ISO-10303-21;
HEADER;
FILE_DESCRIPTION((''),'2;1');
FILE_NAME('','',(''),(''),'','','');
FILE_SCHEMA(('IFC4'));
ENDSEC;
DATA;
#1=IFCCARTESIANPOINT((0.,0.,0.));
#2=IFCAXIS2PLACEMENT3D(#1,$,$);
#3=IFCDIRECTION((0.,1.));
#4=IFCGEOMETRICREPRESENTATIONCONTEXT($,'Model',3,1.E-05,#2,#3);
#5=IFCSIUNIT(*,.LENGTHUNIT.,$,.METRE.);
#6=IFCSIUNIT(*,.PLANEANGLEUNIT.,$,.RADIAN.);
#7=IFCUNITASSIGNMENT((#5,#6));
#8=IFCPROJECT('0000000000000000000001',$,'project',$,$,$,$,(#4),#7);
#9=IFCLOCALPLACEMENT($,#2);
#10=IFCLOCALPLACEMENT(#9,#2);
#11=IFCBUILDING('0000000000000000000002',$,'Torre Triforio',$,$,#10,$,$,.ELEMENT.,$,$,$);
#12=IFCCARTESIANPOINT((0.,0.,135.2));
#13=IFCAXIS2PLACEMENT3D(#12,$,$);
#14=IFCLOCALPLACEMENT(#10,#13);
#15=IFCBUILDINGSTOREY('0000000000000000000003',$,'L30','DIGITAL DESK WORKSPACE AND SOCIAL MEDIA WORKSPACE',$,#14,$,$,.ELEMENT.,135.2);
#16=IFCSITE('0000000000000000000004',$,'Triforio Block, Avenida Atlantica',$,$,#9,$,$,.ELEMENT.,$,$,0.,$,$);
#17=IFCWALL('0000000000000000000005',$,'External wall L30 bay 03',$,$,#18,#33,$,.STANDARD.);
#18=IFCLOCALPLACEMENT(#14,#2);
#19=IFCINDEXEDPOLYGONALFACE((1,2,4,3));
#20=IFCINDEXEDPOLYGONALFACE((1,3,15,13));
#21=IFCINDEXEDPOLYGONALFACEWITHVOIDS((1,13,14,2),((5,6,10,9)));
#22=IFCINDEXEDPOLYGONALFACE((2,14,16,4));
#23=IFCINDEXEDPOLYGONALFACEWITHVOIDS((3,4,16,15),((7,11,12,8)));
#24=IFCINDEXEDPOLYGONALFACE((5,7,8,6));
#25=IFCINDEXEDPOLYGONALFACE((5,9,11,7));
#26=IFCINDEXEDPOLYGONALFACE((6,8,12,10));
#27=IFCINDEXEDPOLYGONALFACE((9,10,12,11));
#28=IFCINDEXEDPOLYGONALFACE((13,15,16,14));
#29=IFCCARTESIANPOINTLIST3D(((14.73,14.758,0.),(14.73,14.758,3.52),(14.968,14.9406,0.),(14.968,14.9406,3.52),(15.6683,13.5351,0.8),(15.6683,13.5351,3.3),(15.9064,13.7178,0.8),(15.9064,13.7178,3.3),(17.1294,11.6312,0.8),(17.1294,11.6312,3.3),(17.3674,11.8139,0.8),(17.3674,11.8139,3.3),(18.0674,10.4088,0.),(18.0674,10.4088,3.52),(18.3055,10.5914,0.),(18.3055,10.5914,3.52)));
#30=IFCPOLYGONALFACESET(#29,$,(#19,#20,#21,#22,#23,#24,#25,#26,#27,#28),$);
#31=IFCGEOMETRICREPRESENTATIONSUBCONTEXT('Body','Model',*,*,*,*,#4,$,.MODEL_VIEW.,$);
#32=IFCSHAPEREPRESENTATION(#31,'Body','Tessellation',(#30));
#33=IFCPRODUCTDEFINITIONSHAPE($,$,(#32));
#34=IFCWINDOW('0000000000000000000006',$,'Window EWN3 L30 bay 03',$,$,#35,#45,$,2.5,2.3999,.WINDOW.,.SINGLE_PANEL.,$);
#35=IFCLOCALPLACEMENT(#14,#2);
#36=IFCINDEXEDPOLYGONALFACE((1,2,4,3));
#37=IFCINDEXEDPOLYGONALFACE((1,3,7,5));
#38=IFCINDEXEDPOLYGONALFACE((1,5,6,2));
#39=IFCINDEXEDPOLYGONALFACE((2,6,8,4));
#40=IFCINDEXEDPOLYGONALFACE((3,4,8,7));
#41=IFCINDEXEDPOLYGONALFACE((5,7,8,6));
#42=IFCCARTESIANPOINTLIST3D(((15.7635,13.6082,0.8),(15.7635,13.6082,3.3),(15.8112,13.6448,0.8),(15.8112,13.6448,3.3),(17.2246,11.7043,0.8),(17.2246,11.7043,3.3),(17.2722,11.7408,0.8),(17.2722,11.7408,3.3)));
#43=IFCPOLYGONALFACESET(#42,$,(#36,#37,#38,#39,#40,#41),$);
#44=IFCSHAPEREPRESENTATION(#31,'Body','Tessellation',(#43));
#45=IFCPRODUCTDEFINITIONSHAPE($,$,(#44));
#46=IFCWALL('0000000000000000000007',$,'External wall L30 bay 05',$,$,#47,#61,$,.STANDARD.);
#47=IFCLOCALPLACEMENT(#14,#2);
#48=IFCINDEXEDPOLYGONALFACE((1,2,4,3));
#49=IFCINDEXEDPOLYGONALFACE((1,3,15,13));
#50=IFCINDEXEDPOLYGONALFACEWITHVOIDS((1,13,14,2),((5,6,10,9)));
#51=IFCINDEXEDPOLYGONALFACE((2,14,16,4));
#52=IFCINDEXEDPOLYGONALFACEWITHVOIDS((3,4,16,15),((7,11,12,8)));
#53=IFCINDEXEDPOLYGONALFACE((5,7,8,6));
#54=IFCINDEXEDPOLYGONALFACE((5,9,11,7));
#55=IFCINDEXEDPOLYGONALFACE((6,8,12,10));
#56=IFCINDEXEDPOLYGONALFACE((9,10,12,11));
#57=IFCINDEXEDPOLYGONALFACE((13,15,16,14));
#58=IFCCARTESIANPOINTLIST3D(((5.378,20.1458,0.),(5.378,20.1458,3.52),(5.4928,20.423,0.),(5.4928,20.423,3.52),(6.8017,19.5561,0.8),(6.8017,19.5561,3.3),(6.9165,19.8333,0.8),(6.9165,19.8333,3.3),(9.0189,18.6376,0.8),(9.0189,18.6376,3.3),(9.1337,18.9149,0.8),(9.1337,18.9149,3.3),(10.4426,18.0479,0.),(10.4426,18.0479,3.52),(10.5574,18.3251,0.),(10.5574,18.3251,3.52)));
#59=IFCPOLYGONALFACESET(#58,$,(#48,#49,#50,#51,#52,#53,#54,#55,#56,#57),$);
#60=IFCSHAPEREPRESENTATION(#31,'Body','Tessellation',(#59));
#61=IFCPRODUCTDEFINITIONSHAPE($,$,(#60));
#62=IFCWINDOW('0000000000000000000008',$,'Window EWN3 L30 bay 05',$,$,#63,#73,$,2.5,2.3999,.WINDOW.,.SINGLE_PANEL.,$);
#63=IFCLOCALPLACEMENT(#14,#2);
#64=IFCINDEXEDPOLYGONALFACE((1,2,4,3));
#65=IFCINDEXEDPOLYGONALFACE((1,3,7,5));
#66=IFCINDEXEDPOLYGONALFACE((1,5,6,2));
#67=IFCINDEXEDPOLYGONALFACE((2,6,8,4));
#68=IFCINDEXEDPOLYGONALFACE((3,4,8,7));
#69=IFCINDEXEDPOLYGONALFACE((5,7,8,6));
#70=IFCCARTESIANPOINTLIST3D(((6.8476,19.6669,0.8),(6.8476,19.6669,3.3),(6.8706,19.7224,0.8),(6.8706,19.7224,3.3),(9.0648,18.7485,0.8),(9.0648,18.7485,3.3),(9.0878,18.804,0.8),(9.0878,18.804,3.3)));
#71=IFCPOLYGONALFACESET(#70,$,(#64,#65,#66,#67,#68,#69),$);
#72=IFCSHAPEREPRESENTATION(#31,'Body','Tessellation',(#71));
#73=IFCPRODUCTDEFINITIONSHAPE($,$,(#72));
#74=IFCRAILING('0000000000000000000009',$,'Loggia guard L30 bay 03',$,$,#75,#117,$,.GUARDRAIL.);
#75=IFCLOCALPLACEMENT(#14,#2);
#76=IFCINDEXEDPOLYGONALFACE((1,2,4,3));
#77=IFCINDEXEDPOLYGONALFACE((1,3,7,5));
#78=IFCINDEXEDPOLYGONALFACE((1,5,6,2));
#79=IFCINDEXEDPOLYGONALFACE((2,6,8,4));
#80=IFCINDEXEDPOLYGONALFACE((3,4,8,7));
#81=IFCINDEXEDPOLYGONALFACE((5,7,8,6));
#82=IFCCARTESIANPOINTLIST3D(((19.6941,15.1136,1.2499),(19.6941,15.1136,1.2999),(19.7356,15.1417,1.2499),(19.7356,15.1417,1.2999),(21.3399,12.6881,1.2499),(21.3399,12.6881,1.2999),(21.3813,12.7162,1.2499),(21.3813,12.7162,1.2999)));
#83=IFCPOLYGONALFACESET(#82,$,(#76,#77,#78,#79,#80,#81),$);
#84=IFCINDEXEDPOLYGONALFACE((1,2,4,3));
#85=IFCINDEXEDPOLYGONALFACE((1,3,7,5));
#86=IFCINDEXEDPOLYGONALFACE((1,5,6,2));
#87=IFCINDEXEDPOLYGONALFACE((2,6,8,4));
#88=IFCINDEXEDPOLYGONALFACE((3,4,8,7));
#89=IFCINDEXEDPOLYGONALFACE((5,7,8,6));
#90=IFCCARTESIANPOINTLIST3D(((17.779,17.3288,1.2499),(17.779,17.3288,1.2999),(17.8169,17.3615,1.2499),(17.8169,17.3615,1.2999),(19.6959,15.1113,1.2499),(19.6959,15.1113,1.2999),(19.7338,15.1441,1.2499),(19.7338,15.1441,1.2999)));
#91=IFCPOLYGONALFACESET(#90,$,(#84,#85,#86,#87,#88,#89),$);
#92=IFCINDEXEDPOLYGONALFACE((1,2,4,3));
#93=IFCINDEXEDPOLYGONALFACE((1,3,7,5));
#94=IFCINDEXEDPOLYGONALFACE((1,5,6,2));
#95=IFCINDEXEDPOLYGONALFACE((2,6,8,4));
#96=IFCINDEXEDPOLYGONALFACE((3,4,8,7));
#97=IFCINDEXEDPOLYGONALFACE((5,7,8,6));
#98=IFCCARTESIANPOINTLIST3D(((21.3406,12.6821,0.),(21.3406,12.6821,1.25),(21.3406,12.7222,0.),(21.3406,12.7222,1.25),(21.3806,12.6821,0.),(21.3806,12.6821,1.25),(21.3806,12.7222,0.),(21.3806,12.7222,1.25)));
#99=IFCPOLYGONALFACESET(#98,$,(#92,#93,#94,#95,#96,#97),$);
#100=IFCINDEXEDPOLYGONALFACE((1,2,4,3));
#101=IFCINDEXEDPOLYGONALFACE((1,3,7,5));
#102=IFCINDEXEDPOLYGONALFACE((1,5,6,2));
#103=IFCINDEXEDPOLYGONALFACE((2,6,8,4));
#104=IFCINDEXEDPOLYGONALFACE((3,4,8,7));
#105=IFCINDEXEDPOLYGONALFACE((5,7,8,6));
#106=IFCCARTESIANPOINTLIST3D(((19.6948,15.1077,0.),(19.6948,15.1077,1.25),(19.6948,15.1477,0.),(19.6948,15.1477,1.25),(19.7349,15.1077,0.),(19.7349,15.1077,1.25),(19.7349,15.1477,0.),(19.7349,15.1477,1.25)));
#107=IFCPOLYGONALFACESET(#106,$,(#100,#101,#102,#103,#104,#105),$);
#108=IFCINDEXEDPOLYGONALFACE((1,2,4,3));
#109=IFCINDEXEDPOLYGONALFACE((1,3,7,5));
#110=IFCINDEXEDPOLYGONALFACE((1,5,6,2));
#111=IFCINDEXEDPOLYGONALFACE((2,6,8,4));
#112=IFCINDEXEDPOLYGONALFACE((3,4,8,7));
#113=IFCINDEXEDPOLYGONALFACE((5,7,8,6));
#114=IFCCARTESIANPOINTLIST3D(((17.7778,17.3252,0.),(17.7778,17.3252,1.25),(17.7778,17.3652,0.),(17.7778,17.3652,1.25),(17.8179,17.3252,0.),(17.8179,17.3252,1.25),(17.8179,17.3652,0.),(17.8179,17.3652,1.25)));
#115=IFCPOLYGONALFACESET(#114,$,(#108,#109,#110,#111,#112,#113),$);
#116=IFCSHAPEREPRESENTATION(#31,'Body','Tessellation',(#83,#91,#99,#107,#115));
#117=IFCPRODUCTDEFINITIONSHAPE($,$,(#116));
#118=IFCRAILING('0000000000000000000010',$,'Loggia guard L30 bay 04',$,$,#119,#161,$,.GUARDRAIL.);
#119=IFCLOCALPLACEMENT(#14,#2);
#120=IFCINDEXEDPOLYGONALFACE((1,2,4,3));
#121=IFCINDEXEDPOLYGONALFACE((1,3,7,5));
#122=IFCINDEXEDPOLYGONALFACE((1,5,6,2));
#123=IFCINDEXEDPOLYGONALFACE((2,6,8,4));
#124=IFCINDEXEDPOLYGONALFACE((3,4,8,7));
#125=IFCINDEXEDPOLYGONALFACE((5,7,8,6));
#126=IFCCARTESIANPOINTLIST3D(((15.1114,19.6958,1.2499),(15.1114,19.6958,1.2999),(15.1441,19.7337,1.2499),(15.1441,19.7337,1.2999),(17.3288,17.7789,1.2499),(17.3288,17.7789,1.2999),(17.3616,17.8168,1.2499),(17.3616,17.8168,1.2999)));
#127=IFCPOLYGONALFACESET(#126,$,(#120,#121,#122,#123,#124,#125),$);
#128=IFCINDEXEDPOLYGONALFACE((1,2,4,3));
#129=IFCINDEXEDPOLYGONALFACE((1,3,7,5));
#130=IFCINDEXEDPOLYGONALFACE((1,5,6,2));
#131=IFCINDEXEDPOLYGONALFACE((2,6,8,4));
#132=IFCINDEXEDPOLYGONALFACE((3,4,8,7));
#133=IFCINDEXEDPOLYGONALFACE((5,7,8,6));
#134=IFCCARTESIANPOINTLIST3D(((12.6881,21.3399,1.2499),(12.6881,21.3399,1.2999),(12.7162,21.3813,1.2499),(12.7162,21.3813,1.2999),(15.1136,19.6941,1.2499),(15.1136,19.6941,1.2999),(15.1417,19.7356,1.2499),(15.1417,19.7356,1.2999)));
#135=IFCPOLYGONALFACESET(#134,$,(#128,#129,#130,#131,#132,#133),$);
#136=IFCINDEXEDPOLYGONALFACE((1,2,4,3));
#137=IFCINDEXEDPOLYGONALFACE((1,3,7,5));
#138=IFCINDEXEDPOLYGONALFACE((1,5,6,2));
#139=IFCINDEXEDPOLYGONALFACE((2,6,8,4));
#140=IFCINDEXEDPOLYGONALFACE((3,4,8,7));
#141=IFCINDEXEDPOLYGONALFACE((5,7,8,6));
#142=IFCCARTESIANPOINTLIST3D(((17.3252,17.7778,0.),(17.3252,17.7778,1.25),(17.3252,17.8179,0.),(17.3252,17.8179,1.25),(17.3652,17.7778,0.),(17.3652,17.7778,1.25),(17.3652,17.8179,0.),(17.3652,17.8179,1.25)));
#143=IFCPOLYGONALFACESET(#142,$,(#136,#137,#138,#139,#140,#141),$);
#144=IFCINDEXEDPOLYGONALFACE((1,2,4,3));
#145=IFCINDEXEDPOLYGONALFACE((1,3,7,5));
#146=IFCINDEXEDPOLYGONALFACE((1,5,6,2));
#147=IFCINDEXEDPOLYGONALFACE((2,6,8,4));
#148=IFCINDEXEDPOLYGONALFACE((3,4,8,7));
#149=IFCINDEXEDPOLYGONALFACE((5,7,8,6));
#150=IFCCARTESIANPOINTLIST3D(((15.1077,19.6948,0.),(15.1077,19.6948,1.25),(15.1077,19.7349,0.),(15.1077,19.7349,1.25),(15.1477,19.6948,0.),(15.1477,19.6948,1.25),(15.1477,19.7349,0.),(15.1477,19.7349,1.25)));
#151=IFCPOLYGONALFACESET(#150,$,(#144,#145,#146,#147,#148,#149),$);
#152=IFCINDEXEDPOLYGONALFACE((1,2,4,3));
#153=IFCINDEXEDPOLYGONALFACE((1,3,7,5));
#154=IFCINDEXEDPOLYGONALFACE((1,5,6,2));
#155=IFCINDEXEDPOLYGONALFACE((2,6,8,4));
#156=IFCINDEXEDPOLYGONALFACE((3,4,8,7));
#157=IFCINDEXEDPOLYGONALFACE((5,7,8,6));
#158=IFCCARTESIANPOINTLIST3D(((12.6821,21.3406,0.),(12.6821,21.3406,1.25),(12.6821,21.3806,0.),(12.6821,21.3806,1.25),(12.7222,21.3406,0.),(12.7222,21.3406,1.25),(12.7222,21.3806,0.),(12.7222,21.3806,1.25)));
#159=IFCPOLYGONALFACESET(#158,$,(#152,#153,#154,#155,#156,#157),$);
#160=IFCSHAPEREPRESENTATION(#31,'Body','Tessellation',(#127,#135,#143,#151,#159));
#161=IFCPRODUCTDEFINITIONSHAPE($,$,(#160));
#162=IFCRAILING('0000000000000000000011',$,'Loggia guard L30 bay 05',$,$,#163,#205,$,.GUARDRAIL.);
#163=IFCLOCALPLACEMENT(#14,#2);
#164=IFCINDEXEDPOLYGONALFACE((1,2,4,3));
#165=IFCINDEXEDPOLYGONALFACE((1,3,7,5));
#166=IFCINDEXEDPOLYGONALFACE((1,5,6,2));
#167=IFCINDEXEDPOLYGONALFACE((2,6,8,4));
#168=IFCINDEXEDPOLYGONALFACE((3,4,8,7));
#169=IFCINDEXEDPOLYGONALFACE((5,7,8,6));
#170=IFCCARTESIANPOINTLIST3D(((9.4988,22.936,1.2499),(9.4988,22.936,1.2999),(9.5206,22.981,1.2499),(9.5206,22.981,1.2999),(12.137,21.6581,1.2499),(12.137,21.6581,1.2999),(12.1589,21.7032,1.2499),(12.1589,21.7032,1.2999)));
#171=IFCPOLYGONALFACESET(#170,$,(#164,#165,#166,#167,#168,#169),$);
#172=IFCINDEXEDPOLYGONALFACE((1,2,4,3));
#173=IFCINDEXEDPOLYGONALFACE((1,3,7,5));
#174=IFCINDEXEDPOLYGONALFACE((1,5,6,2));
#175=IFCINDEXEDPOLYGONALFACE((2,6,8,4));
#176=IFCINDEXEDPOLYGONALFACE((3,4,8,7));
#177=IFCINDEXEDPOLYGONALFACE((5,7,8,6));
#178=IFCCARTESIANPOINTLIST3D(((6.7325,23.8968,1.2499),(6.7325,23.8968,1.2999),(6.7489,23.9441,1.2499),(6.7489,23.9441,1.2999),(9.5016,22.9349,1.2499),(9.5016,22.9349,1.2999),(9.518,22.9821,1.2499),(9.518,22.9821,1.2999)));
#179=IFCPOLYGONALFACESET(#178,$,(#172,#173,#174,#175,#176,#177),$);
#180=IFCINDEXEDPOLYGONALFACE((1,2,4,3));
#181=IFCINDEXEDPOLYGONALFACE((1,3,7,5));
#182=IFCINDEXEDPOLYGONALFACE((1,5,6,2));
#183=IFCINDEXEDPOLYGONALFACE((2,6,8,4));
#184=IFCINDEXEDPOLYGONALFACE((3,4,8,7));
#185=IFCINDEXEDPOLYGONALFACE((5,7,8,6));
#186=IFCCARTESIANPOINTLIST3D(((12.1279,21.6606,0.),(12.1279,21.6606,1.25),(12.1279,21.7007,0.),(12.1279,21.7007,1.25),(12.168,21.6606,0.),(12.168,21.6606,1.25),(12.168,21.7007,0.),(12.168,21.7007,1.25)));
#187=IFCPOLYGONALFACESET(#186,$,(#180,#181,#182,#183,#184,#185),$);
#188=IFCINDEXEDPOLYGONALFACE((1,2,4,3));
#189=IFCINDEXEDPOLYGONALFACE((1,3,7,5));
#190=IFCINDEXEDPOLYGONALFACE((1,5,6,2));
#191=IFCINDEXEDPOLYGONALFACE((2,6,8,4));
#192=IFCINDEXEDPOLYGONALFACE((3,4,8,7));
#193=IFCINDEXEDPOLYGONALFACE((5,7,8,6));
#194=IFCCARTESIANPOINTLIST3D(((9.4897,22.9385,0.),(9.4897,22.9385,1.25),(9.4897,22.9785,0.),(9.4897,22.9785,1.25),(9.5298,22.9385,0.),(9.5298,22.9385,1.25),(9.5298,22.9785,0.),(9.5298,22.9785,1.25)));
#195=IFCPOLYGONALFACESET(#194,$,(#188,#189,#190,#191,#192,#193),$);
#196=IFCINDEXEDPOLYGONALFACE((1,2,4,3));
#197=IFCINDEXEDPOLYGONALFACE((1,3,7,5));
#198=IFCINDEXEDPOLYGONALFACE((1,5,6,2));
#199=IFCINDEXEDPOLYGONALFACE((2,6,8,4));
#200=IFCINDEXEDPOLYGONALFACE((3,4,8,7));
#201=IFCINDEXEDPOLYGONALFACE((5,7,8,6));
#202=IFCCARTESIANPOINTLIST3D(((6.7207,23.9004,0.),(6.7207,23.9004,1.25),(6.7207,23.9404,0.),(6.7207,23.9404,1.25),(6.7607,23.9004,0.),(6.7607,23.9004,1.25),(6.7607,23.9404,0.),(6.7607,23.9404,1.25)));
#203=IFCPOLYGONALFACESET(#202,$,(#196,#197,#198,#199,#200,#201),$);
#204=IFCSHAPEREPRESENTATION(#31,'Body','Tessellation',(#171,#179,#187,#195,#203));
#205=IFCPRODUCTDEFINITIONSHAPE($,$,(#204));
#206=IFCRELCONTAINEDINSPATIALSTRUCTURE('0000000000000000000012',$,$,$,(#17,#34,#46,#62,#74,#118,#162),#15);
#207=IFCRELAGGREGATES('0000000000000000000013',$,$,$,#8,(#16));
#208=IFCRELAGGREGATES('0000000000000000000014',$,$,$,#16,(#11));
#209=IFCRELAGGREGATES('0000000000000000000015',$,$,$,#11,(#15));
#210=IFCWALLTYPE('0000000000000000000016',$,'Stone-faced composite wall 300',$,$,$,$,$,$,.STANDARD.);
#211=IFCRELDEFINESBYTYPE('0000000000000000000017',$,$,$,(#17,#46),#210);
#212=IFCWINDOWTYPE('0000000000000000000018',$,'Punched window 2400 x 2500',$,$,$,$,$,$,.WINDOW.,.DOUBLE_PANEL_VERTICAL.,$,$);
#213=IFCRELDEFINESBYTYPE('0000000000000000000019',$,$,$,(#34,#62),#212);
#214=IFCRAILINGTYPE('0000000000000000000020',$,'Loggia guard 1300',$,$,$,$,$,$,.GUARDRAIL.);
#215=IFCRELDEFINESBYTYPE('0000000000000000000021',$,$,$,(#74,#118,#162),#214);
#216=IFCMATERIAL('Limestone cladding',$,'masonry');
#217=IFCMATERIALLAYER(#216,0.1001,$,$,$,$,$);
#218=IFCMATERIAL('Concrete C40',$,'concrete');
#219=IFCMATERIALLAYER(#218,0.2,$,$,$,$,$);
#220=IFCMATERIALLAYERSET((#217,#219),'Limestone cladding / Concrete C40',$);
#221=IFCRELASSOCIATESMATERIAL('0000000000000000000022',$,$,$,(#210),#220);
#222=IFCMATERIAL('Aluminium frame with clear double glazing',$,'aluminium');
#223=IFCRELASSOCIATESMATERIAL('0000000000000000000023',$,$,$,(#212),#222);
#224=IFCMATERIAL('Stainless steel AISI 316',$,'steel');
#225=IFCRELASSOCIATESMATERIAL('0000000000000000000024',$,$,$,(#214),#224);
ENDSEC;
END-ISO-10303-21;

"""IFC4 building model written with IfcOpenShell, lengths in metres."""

from ifc_helpers import new_model, si_unit, direction, frame, frame_2d, origin, origin_2d, place, context, subcontext, project, spatial, rectangle, extrude, material, layer, layer_set, type_object, element, fill, save


model = new_model("IFC4")

# Units and contexts
model_context = context("Model", 3, precision=1e-05, world=origin(), true_north=direction((0.0, 1.0)))
body_context = subcontext(model_context, "Body", "Model", "MODEL_VIEW")
ifc_project = project(units=[si_unit("LENGTHUNIT", "METRE"), si_unit("PLANEANGLEUNIT", "RADIAN")], contexts=[model_context])

# Site, building, storey
site_placement = place(None, origin())
site = spatial("IfcSite", under=ifc_project, at=site_placement, Name="Triforio Block, Avenida Atlantica", CompositionType="ELEMENT", RefElevation=0.0)
building_placement = place(site_placement, origin())
building = spatial("IfcBuilding", under=site, at=building_placement, Name="Torre Triforio", CompositionType="ELEMENT")
storey_placement = place(building_placement, frame((0.0, 0.0, 135.2)))
storey = spatial("IfcBuildingStorey", under=building, at=storey_placement, Name="L30", Description="DIGITAL DESK WORKSPACE AND SOCIAL MEDIA WORKSPACE", CompositionType="ELEMENT", Elevation=135.2)

# Shared definitions
ifc_material_1 = material(Name="Limestone cladding", Category="masonry")
ifc_material_2 = material(Name="Concrete C40", Category="concrete")

# Wall, opening, window
ifc_layer_1 = layer(ifc_material_1, 0.1001)
ifc_layer_2 = layer(ifc_material_2, 0.2)
ifc_layer_set_1 = layer_set([ifc_layer_1, ifc_layer_2], Name="Limestone cladding / Concrete C40")
wall_type_1 = type_object("IfcWallType", Name="Stone-faced composite wall 300", PredefinedType="STANDARD", material=ifc_layer_set_1)
wall_1_placement = place(storey_placement, frame((18.1865, 10.5, 0.0), z_axis=(0.0, 0.0, 1.0), x_axis=(-0.608785, 0.793335, 0.0)))
wall_1 = element("IfcWall", 1, at=wall_1_placement, inside=storey, type_object=wall_type_1, Name="External wall L30 bay 03", PredefinedType="STANDARD", context=body_context, shape_type="SweptSolid", body=[
    extrude(rectangle(XDim=5.4822, YDim=0.3, at=frame_2d((2.7412, 0.0))), origin(), (0.0, 0.0, 1.0), 3.52),
])
opening_1_placement = place(wall_1_placement, frame((1.541, 0.0, 0.8)))
opening_1 = element("IfcOpeningElement", 2, at=opening_1_placement, cuts=wall_1, PredefinedType="OPENING", context=body_context, shape_type="SweptSolid", body=[
    extrude(rectangle(XDim=2.3999, YDim=2.5, at=frame_2d((1.2, 1.25))), frame((0.0, 0.1599, 0.0), z_axis=(0.0, -1.0, 0.0), x_axis=(1.0, 0.0, 0.0)), (0.0, 0.0, 1.0), 0.3201),
])
ifc_material_3 = material(Name="Aluminium frame with clear double glazing", Category="aluminium")
window_type_1 = type_object("IfcWindowType", Name="Punched window 2400 x 2500", PartitioningType="DOUBLE_PANEL_VERTICAL", PredefinedType="WINDOW", material=ifc_material_3)
window_1_placement = place(opening_1_placement, origin())
window_1 = element("IfcWindow", 3, at=window_1_placement, inside=storey, type_object=window_type_1, Name="Window EWN3 L30 bay 03", OverallHeight=2.5, OverallWidth=2.3999, PartitioningType="SINGLE_PANEL", PredefinedType="WINDOW", context=body_context, shape_type="SweptSolid", body=[
    extrude(rectangle(XDim=2.3999, YDim=2.5, at=frame_2d((1.2, 1.25))), frame((0.0, 0.03, 0.0), z_axis=(0.0, -1.0, 0.0), x_axis=(1.0, 0.0, 0.0)), (0.0, 0.0, 1.0), 0.0601),
])
fill(opening_1, window_1)

# Wall, opening, window
wall_2_placement = place(storey_placement, frame((10.5, 18.1865, 0.0), z_axis=(0.0, 0.0, 1.0), x_axis=(-0.923877, 0.382689, 0.0)))
wall_2 = element("IfcWall", 4, at=wall_2_placement, inside=storey, type_object=wall_type_1, Name="External wall L30 bay 05", PredefinedType="STANDARD", context=body_context, shape_type="SweptSolid", body=[
    extrude(rectangle(XDim=5.4819, YDim=0.3, at=frame_2d((2.741, 0.0))), origin(), (0.0, 0.0, 1.0), 3.52),
])
opening_2_placement = place(wall_2_placement, frame((1.541, 0.0, 0.8)))
opening_2 = element("IfcOpeningElement", 5, at=opening_2_placement, cuts=wall_2, PredefinedType="OPENING", context=body_context, shape_type="SweptSolid", body=[
    extrude(rectangle(XDim=2.3999, YDim=2.5, at=frame_2d((1.2, 1.25))), frame((0.0, 0.1599, 0.0), z_axis=(0.0, -1.0, 0.0), x_axis=(1.0, 0.0, 0.0)), (0.0, 0.0, 1.0), 0.3201),
])
window_2_placement = place(opening_2_placement, origin())
window_2 = element("IfcWindow", 6, at=window_2_placement, inside=storey, type_object=window_type_1, Name="Window EWN3 L30 bay 05", OverallHeight=2.5, OverallWidth=2.3999, PartitioningType="SINGLE_PANEL", PredefinedType="WINDOW", context=body_context, shape_type="SweptSolid", body=[
    extrude(rectangle(XDim=2.3999, YDim=2.5, at=frame_2d((1.2, 1.25))), frame((0.0, 0.03, 0.0), z_axis=(0.0, -1.0, 0.0), x_axis=(1.0, 0.0, 0.0)), (0.0, 0.0, 1.0), 0.0601),
])
fill(opening_2, window_2)

# Railings
ifc_material_4 = material(Name="Stainless steel AISI 316", Category="steel")
railing_type = type_object("IfcRailingType", Name="Loggia guard 1300", PredefinedType="GUARDRAIL", material=ifc_material_4)
railing_1_placement = place(storey_placement, frame((21.3606, 12.7021, 0.0)))
element("IfcRailing", 7, at=railing_1_placement, inside=storey, type_object=railing_type, Name="Loggia guard L30 bay 03", PredefinedType="GUARDRAIL", context=body_context, shape_type="SweptSolid", body=[
    extrude(rectangle(XDim=0.05, YDim=0.05, at=origin_2d()), frame((0.0, 0.0, 1.2749), z_axis=(-0.561467, 0.827499, 0.0), x_axis=(-0.827499, -0.561467, 0.0)), (0.0, 0.0, 1.0), 2.9312),
    extrude(rectangle(XDim=0.05, YDim=0.05, at=origin_2d()), frame((-1.6458, 2.4255, 1.2749), z_axis=(-0.653982, 0.75651, 0.0), x_axis=(-0.75651, -0.653982, 0.0)), (0.0, 0.0, 1.0), 2.9312),
    extrude(rectangle(XDim=0.04, YDim=0.04, at=origin_2d()), origin(), (0.0, 0.0, 1.0), 1.25),
    extrude(rectangle(XDim=0.04, YDim=0.04, at=origin_2d()), frame((-1.6458, 2.4255, 0.0)), (0.0, 0.0, 1.0), 1.25),
    extrude(rectangle(XDim=0.04, YDim=0.04, at=origin_2d()), frame((-3.5627, 4.6431, 0.0)), (0.0, 0.0, 1.0), 1.25),
])
railing_2_placement = place(storey_placement, frame((17.3452, 17.7979, 0.0)))
element("IfcRailing", 8, at=railing_2_placement, inside=storey, type_object=railing_type, Name="Loggia guard L30 bay 04", PredefinedType="GUARDRAIL", context=body_context, shape_type="SweptSolid", body=[
    extrude(rectangle(XDim=0.05, YDim=0.05, at=origin_2d()), frame((0.0, 0.0, 1.2749), z_axis=(-0.75651, 0.653982, 0.0), x_axis=(-0.653982, -0.75651, 0.0)), (0.0, 0.0, 1.0), 2.9312),
    extrude(rectangle(XDim=0.05, YDim=0.05, at=origin_2d()), frame((-2.2175, 1.917, 1.2749), z_axis=(-0.827499, 0.561467, 0.0), x_axis=(-0.561467, -0.827499, 0.0)), (0.0, 0.0, 1.0), 2.9312),
    extrude(rectangle(XDim=0.04, YDim=0.04, at=origin_2d()), origin(), (0.0, 0.0, 1.0), 1.25),
    extrude(rectangle(XDim=0.04, YDim=0.04, at=origin_2d()), frame((-2.2175, 1.917, 0.0)), (0.0, 0.0, 1.0), 1.25),
    extrude(rectangle(XDim=0.04, YDim=0.04, at=origin_2d()), frame((-4.6431, 3.5627, 0.0)), (0.0, 0.0, 1.0), 1.25),
])
railing_3_placement = place(storey_placement, frame((12.1479, 21.6807, 0.0)))
element("IfcRailing", 9, at=railing_3_placement, inside=storey, type_object=railing_type, Name="Loggia guard L30 bay 05", PredefinedType="GUARDRAIL", context=body_context, shape_type="SweptSolid", body=[
    extrude(rectangle(XDim=0.05, YDim=0.05, at=origin_2d()), frame((0.0, 0.0, 1.2749), z_axis=(-0.899986, 0.435918, 0.0), x_axis=(-0.435918, -0.899986, 0.0)), (0.0, 0.0, 1.0), 2.9314),
    extrude(rectangle(XDim=0.05, YDim=0.05, at=origin_2d()), frame((-2.6382, 1.2778, 1.2749), z_axis=(-0.944627, 0.328146, 0.0), x_axis=(-0.328146, -0.944627, 0.0)), (0.0, 0.0, 1.0), 2.9314),
    extrude(rectangle(XDim=0.04, YDim=0.04, at=origin_2d()), origin(), (0.0, 0.0, 1.0), 1.25),
    extrude(rectangle(XDim=0.04, YDim=0.04, at=origin_2d()), frame((-2.6382, 1.2778, 0.0)), (0.0, 0.0, 1.0), 1.25),
    extrude(rectangle(XDim=0.04, YDim=0.04, at=origin_2d()), frame((-5.4072, 2.2397, 0.0)), (0.0, 0.0, 1.0), 1.25),
])

save(model, "model.ifc")
